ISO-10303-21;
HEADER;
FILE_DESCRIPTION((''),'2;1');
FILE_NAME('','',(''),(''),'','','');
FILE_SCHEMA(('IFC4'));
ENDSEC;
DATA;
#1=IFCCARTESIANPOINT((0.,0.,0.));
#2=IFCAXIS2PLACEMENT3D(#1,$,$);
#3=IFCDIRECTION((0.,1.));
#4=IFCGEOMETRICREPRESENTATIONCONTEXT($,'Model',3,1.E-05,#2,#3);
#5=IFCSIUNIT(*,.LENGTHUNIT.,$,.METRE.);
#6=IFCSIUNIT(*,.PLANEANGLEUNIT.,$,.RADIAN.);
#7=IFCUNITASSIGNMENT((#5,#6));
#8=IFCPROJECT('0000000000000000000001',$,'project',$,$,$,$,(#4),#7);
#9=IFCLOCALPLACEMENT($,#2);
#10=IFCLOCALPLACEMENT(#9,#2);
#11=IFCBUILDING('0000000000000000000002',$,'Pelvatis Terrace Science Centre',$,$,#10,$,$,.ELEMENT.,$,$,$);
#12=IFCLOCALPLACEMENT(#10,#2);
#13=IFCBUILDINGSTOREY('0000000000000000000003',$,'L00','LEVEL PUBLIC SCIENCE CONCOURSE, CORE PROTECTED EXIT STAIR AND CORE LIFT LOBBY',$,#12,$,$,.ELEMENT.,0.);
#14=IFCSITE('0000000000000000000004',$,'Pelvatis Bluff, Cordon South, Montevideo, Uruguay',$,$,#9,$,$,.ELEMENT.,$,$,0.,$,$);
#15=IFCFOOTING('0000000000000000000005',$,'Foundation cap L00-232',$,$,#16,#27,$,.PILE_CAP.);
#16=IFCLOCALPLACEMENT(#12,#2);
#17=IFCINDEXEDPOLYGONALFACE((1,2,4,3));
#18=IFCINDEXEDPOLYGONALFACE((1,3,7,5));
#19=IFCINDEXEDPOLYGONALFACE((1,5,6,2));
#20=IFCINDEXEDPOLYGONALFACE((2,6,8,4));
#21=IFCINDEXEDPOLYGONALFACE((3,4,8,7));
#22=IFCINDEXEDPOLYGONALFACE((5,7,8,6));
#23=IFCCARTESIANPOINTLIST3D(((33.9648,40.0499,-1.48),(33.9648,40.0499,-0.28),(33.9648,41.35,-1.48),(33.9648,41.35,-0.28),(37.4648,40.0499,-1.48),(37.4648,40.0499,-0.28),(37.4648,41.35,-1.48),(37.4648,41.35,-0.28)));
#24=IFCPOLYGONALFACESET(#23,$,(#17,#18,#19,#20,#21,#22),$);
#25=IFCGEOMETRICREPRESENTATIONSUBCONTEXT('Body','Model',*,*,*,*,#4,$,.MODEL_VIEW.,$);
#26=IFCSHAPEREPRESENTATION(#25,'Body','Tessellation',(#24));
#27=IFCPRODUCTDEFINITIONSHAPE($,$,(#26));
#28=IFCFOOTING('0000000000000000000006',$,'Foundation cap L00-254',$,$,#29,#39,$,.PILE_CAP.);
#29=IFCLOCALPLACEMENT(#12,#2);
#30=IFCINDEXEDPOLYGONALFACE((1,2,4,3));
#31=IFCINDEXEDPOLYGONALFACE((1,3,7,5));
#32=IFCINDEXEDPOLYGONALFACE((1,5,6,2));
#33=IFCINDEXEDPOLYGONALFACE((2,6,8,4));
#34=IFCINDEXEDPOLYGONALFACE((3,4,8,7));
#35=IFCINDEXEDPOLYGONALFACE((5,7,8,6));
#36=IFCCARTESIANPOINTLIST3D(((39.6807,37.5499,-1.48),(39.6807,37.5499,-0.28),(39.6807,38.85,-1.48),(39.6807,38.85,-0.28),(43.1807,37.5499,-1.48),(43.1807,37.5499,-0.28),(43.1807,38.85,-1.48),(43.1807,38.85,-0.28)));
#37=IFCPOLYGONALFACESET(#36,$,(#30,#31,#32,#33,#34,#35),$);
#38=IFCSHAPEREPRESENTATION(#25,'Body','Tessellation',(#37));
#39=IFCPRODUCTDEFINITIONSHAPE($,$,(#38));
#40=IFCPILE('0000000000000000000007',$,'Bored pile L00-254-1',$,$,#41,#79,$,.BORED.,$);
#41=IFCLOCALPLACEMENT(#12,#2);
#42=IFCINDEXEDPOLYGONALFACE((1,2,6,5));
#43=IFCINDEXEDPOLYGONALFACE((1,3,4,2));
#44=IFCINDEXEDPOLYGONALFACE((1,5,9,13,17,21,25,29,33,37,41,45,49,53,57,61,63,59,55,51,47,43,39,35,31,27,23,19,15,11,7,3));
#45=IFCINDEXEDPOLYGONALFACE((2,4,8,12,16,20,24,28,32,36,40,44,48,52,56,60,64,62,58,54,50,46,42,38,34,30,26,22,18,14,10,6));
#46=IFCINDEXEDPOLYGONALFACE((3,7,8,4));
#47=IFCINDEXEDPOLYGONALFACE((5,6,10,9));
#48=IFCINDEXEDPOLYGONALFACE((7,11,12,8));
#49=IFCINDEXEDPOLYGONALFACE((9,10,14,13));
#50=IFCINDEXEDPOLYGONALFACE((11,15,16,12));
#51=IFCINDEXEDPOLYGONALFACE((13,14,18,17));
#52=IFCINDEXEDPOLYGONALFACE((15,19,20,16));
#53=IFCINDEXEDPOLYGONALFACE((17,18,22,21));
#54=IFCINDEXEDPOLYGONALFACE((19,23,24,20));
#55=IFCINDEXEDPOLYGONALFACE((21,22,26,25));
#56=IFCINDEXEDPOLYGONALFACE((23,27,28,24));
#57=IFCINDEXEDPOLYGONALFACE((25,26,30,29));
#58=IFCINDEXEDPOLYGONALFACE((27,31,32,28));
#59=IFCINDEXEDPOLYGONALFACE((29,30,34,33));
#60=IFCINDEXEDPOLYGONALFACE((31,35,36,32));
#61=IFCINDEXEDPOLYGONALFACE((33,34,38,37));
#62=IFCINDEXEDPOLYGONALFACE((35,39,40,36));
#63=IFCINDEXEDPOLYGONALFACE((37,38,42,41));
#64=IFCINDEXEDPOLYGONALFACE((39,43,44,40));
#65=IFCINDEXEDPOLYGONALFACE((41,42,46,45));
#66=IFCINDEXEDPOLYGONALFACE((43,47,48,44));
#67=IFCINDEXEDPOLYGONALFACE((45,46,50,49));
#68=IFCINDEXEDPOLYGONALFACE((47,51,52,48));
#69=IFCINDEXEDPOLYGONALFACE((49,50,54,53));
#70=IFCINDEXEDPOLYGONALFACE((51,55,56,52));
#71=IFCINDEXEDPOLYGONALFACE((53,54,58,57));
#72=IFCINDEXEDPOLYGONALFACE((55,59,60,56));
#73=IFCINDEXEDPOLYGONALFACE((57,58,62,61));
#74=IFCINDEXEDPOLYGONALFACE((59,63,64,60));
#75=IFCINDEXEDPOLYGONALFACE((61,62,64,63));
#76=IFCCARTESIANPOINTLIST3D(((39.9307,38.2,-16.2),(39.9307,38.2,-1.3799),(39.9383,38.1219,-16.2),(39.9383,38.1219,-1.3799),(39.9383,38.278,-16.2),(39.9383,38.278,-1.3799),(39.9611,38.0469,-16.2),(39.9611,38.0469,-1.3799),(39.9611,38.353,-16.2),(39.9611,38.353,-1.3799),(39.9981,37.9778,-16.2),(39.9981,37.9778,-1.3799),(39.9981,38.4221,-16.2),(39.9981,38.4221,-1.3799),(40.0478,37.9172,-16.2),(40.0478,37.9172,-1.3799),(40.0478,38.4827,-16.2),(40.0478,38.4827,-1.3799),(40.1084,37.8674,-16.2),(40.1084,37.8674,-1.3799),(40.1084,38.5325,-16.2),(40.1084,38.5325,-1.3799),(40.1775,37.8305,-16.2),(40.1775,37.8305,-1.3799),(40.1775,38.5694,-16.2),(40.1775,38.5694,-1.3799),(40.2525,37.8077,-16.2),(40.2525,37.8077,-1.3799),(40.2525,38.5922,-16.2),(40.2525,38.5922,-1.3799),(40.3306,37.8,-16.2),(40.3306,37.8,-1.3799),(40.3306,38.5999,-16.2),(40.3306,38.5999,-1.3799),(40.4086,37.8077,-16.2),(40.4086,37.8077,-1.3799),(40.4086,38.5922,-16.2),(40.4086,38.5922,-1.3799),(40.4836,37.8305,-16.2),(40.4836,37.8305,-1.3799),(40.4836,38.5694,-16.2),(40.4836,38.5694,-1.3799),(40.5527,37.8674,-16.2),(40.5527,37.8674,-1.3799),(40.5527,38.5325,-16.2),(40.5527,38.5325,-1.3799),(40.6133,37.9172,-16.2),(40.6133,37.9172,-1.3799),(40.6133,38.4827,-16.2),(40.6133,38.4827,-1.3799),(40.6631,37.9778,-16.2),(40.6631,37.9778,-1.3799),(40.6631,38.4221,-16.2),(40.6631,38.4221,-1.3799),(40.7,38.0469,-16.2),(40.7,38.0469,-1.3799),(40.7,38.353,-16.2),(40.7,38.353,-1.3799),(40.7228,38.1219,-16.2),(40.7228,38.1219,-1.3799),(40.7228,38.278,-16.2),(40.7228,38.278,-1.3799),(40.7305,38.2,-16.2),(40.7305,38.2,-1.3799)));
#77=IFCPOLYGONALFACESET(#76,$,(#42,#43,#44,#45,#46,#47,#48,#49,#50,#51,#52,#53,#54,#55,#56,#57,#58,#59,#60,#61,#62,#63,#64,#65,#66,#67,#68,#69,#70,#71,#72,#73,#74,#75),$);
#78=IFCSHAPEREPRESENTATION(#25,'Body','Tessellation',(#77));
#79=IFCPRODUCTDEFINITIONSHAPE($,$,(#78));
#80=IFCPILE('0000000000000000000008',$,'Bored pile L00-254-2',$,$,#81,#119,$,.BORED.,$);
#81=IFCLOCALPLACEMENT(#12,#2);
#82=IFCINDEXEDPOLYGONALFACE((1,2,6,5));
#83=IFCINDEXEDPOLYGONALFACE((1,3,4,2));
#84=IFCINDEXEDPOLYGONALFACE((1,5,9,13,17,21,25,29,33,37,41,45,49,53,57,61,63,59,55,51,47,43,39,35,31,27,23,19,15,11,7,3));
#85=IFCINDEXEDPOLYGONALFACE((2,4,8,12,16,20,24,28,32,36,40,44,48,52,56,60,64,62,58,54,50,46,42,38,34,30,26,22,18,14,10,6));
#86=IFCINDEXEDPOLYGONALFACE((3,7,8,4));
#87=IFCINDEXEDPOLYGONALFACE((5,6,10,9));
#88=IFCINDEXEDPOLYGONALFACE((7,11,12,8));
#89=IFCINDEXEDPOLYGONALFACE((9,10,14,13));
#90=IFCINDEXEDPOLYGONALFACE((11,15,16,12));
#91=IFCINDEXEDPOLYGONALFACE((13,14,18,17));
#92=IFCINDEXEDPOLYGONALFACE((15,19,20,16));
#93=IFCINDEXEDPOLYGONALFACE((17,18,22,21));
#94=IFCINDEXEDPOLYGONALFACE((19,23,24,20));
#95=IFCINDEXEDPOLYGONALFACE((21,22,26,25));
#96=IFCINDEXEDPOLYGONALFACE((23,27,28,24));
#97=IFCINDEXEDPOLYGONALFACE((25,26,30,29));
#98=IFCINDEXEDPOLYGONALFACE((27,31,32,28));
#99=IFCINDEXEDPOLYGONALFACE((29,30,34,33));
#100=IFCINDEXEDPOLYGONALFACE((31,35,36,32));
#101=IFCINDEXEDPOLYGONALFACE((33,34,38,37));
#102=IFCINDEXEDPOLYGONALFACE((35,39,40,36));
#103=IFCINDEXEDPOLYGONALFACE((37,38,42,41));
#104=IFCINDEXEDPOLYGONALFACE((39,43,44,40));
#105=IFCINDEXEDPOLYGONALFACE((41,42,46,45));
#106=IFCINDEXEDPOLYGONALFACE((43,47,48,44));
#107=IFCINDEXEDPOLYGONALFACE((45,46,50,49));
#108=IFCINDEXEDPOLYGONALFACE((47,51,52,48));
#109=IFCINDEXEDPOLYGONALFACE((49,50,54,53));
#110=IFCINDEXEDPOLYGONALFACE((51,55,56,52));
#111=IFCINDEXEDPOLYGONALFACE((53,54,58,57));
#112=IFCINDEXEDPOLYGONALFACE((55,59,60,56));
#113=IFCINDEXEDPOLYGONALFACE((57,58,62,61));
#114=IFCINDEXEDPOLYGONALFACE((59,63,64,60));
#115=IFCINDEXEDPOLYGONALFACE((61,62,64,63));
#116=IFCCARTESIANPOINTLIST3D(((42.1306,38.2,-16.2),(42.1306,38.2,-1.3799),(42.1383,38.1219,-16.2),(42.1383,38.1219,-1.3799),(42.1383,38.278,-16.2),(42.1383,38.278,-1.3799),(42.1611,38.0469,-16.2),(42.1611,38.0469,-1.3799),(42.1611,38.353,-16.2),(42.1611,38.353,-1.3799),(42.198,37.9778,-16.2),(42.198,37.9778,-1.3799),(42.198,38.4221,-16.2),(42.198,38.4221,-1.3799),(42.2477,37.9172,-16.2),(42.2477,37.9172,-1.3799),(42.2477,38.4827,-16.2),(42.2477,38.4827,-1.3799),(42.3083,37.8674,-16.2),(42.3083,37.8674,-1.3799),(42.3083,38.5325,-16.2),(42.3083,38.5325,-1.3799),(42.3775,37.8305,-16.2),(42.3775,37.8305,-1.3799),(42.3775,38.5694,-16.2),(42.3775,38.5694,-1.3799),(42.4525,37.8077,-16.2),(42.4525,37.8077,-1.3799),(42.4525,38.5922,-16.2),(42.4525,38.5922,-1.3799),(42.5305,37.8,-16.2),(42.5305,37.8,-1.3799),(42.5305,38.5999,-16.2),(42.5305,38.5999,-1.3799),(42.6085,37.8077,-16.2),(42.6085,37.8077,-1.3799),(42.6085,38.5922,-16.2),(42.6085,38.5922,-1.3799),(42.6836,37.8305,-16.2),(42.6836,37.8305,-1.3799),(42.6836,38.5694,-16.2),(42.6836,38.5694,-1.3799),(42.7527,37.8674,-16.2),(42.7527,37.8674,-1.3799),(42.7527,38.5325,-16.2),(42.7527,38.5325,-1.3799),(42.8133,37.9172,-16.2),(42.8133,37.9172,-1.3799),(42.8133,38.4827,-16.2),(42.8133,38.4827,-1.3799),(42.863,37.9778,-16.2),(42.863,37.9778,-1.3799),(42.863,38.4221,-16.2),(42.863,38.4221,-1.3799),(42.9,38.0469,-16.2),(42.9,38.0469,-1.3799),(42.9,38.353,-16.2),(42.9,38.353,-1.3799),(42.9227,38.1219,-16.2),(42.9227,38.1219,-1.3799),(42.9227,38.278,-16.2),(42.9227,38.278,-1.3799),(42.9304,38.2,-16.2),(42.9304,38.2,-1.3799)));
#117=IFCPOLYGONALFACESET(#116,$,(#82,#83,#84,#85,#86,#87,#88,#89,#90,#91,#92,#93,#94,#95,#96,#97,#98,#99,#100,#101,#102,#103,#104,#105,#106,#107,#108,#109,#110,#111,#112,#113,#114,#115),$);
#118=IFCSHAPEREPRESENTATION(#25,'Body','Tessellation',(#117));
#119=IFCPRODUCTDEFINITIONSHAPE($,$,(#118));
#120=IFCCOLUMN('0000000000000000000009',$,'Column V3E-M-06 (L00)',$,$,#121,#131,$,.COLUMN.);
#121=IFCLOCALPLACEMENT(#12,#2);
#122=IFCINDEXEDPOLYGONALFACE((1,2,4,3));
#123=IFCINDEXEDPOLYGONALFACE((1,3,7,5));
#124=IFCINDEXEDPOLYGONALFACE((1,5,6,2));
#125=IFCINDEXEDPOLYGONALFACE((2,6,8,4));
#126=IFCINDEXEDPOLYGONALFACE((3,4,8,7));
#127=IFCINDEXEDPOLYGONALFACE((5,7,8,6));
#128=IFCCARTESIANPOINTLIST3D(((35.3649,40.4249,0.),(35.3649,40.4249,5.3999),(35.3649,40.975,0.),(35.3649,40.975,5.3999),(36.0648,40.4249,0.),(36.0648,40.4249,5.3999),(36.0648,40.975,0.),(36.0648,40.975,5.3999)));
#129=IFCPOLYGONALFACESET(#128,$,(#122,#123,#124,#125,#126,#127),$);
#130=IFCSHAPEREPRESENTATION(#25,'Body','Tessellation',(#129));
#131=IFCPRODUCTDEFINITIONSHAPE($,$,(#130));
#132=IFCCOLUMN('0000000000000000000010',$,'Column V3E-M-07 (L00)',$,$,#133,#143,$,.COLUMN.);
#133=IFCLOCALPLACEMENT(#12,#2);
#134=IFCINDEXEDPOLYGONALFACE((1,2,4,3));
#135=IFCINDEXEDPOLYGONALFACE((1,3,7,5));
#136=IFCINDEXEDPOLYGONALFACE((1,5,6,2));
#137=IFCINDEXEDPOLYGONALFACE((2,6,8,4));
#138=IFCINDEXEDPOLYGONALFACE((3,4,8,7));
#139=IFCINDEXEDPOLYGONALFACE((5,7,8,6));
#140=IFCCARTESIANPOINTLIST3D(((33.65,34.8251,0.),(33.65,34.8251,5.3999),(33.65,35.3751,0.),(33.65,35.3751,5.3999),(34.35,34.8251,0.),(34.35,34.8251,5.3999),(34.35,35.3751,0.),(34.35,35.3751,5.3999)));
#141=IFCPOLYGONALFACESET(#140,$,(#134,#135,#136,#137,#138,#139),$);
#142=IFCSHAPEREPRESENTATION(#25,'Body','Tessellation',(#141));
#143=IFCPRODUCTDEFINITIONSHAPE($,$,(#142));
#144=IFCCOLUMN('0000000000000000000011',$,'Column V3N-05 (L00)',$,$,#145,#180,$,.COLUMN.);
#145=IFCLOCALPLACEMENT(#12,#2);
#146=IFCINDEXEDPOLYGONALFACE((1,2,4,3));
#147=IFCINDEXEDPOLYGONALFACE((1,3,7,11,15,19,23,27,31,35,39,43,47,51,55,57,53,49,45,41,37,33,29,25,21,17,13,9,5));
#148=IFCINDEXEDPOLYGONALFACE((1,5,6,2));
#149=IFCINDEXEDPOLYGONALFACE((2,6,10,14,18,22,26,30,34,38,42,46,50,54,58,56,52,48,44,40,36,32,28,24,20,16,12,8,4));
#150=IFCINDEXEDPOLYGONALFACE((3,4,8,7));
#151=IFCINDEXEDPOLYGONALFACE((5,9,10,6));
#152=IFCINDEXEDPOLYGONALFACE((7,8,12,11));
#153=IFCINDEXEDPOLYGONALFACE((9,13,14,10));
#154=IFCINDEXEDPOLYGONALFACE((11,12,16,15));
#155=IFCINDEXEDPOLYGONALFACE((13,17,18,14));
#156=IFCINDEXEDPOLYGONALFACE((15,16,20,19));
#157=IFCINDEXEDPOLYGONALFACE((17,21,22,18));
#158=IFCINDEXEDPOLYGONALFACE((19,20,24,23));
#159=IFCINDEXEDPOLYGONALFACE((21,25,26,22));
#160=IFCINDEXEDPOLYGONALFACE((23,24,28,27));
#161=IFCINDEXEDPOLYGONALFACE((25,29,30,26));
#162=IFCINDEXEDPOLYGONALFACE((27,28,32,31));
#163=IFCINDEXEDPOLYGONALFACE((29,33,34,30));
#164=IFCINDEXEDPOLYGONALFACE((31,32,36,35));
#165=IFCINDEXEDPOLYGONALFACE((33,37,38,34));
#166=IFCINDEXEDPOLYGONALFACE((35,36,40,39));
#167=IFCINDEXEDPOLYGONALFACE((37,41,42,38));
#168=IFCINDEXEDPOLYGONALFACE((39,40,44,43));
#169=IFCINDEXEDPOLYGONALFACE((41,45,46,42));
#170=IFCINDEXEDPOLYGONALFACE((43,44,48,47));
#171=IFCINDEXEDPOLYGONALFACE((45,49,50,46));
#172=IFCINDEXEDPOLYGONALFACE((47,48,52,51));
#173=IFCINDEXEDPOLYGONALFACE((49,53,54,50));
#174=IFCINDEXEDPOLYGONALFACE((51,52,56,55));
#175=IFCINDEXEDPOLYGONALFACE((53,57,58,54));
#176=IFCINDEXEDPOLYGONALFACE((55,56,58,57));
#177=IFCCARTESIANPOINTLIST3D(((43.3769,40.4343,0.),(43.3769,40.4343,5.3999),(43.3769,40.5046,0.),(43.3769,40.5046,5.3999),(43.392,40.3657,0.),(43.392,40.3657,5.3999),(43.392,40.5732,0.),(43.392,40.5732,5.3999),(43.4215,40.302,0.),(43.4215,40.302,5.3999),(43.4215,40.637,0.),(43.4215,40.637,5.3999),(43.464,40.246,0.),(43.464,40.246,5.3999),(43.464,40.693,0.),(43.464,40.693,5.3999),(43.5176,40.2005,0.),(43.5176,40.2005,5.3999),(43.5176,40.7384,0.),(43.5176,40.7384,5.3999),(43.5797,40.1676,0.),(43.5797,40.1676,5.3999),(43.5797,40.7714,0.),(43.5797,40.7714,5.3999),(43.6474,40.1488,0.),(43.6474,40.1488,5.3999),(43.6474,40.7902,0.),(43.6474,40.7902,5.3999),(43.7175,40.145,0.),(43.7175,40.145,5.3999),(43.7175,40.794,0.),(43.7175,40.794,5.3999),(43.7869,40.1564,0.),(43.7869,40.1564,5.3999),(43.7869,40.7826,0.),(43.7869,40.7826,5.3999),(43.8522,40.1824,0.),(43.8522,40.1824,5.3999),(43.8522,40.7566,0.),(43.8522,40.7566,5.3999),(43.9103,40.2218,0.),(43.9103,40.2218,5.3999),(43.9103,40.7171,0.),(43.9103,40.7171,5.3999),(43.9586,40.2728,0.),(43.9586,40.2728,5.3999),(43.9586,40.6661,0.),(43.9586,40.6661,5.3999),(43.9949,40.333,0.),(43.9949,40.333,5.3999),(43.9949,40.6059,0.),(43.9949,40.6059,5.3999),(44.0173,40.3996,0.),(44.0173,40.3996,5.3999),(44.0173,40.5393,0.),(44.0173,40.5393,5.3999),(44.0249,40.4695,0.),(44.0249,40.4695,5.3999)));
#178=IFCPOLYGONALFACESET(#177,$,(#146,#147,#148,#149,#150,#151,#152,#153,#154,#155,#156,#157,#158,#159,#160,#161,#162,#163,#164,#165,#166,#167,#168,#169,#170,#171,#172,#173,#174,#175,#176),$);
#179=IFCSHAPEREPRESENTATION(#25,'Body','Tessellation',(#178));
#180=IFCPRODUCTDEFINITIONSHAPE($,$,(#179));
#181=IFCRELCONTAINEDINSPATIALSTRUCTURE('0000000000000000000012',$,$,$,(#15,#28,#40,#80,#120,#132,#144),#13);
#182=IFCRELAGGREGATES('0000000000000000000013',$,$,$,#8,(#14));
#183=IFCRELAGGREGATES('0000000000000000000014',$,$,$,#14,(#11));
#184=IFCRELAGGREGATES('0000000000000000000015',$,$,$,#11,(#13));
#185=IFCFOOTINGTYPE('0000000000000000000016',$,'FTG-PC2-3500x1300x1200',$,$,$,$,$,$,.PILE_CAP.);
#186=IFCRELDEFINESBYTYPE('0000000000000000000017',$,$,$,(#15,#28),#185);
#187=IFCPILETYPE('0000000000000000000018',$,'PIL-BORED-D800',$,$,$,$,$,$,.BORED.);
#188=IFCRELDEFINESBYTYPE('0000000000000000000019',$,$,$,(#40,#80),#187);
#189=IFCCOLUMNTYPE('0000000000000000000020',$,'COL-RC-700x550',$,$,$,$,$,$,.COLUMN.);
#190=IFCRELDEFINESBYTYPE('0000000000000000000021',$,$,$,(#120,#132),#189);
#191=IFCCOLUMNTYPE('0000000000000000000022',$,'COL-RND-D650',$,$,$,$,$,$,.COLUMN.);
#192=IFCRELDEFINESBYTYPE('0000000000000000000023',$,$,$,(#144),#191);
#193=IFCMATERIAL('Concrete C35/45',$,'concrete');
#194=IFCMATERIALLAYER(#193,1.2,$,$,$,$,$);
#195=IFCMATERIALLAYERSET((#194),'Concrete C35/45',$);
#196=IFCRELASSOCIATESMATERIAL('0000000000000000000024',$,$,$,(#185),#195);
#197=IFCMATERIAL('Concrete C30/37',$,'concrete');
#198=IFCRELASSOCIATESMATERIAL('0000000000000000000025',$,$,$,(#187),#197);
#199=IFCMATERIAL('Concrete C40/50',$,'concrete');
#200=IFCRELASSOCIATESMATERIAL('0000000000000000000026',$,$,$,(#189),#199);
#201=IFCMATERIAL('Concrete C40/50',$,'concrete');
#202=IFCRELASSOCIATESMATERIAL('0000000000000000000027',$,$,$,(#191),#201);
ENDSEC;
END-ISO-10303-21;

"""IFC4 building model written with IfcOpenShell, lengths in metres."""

from ifc_helpers import new_model, si_unit, direction, frame, origin, origin_2d, place, context, subcontext, project, spatial, rectangle, circle, extrude, material, layer, layer_set, material_profile, profile_set, type_object, element, save


model = new_model("IFC4")

# Units and contexts
model_context = context("Model", 3, precision=1e-05, world=origin(), true_north=direction((0.0, 1.0)))
body_context = subcontext(model_context, "Body", "Model", "MODEL_VIEW")
ifc_project = project(units=[si_unit("LENGTHUNIT", "METRE"), si_unit("PLANEANGLEUNIT", "RADIAN")], contexts=[model_context])

# Site, building, storey
site_placement = place(None, origin())
site = spatial("IfcSite", under=ifc_project, at=site_placement, Name="Pelvatis Bluff, Cordon South, Montevideo, Uruguay", CompositionType="ELEMENT", RefElevation=0.0)
building_placement = place(site_placement, origin())
building = spatial("IfcBuilding", under=site, at=building_placement, Name="Pelvatis Terrace Science Centre", CompositionType="ELEMENT")
storey_placement = place(building_placement, origin())
storey = spatial("IfcBuildingStorey", under=building, at=storey_placement, Name="L00", Description="LEVEL PUBLIC SCIENCE CONCOURSE, CORE PROTECTED EXIT STAIR AND CORE LIFT LOBBY", CompositionType="ELEMENT", Elevation=0.0)

# Footings
ifc_material_1 = material(Name="Concrete C35/45", Category="concrete")
ifc_layer_1 = layer(ifc_material_1, 1.2)
ifc_layer_set_1 = layer_set([ifc_layer_1], Name="Concrete C35/45")
footing_type = type_object("IfcFootingType", Name="FTG-PC2-3500x1300x1200", PredefinedType="PILE_CAP", material=ifc_layer_set_1)
for number, where, z_axis, x_axis, name in (
    (1, (35.7148, 40.7, -1.48), (0.0, 0.0, 1.0), (1.0, 0.0, 0.0), "Foundation cap L00-232"),
    (2, (41.4307, 38.2, -1.48), (0.0, 0.0, 1.0), (1.0, 0.0, 0.0), "Foundation cap L00-254"),
):
    element("IfcFooting", number, at=place(storey_placement, frame(where, z_axis=z_axis, x_axis=x_axis)), inside=storey, type_object=footing_type, Name=name, PredefinedType="PILE_CAP", context=body_context, shape_type="SweptSolid", body=[
        extrude(rectangle(XDim=3.5, YDim=1.3, at=origin_2d()), origin(), (0.0, 0.0, 1.0), 1.2),
    ])

# Piles
ifc_material_2 = material(Name="Concrete C30/37", Category="concrete")
ifc_material_profile_1 = material_profile(ifc_material_2, circle(Radius=0.3999, at=origin_2d()), Name="PILE D800")
ifc_profile_set_1 = profile_set([ifc_material_profile_1], Name="Concrete C30/37")
pile_type = type_object("IfcPileType", Name="PIL-BORED-D800", PredefinedType="BORED", material=ifc_profile_set_1)
for number, where, z_axis, x_axis, name in (
    (3, (40.3306, 38.2, -1.3799), (0.0, 0.0, -1.0), (1.0, 0.0, 0.0), "Bored pile L00-254-1"),
    (4, (42.5305, 38.2, -1.3799), (0.0, 0.0, -1.0), (1.0, 0.0, 0.0), "Bored pile L00-254-2"),
):
    element("IfcPile", number, at=place(storey_placement, frame(where, z_axis=z_axis, x_axis=x_axis)), inside=storey, type_object=pile_type, Name=name, PredefinedType="BORED", context=body_context, shape_type="SweptSolid", body=[
        extrude(circle(Radius=0.3999, at=origin_2d()), origin(), (0.0, 0.0, 1.0), 14.8201),
    ])

# Columns
ifc_material_3 = material(Name="Concrete C40/50", Category="concrete")
ifc_material_profile_2 = material_profile(ifc_material_3, rectangle(XDim=0.7, YDim=0.55, at=origin_2d()), Name="RC-COL 700x550")
ifc_profile_set_2 = profile_set([ifc_material_profile_2], Name="Concrete C40/50")
column_type_1 = type_object("IfcColumnType", Name="COL-RC-700x550", PredefinedType="COLUMN", material=ifc_profile_set_2)
for number, where, z_axis, x_axis, name in (
    (5, (35.7148, 40.7, 0.0), (0.0, 0.0, 1.0), (1.0, 0.0, 0.0), "Column V3E-M-06 (L00)"),
    (6, (34.0, 35.1001, 0.0), (0.0, 0.0, 1.0), (1.0, 0.0, 0.0), "Column V3E-M-07 (L00)"),
):
    element("IfcColumn", number, at=place(storey_placement, frame(where, z_axis=z_axis, x_axis=x_axis)), inside=storey, type_object=column_type_1, Name=name, PredefinedType="COLUMN", context=body_context, shape_type="SweptSolid", body=[
        extrude(rectangle(XDim=0.7, YDim=0.55, at=origin_2d()), origin(), (0.0, 0.0, 1.0), 5.3999),
    ])
ifc_material_4 = material(Name="Concrete C40/50", Category="concrete")
ifc_material_profile_3 = material_profile(ifc_material_4, circle(Radius=0.325, at=origin_2d()), Name="RC-RCOL D650")
ifc_profile_set_3 = profile_set([ifc_material_profile_3], Name="Concrete C40/50")
column_type_2 = type_object("IfcColumnType", Name="COL-RND-D650", PredefinedType="COLUMN", material=ifc_profile_set_3)
for number, where, z_axis, x_axis, name in (
    (7, (43.7, 40.4695, 0.0), (0.0, 0.0, 1.0), (1.0, 0.0, 0.0), "Column V3N-05 (L00)"),
):
    element("IfcColumn", number, at=place(storey_placement, frame(where, z_axis=z_axis, x_axis=x_axis)), inside=storey, type_object=column_type_2, Name=name, PredefinedType="COLUMN", context=body_context, shape_type="SweptSolid", body=[
        extrude(circle(Radius=0.325, at=origin_2d()), origin(), (0.0, 0.0, 1.0), 5.3999),
    ])

save(model, "model.ifc")
